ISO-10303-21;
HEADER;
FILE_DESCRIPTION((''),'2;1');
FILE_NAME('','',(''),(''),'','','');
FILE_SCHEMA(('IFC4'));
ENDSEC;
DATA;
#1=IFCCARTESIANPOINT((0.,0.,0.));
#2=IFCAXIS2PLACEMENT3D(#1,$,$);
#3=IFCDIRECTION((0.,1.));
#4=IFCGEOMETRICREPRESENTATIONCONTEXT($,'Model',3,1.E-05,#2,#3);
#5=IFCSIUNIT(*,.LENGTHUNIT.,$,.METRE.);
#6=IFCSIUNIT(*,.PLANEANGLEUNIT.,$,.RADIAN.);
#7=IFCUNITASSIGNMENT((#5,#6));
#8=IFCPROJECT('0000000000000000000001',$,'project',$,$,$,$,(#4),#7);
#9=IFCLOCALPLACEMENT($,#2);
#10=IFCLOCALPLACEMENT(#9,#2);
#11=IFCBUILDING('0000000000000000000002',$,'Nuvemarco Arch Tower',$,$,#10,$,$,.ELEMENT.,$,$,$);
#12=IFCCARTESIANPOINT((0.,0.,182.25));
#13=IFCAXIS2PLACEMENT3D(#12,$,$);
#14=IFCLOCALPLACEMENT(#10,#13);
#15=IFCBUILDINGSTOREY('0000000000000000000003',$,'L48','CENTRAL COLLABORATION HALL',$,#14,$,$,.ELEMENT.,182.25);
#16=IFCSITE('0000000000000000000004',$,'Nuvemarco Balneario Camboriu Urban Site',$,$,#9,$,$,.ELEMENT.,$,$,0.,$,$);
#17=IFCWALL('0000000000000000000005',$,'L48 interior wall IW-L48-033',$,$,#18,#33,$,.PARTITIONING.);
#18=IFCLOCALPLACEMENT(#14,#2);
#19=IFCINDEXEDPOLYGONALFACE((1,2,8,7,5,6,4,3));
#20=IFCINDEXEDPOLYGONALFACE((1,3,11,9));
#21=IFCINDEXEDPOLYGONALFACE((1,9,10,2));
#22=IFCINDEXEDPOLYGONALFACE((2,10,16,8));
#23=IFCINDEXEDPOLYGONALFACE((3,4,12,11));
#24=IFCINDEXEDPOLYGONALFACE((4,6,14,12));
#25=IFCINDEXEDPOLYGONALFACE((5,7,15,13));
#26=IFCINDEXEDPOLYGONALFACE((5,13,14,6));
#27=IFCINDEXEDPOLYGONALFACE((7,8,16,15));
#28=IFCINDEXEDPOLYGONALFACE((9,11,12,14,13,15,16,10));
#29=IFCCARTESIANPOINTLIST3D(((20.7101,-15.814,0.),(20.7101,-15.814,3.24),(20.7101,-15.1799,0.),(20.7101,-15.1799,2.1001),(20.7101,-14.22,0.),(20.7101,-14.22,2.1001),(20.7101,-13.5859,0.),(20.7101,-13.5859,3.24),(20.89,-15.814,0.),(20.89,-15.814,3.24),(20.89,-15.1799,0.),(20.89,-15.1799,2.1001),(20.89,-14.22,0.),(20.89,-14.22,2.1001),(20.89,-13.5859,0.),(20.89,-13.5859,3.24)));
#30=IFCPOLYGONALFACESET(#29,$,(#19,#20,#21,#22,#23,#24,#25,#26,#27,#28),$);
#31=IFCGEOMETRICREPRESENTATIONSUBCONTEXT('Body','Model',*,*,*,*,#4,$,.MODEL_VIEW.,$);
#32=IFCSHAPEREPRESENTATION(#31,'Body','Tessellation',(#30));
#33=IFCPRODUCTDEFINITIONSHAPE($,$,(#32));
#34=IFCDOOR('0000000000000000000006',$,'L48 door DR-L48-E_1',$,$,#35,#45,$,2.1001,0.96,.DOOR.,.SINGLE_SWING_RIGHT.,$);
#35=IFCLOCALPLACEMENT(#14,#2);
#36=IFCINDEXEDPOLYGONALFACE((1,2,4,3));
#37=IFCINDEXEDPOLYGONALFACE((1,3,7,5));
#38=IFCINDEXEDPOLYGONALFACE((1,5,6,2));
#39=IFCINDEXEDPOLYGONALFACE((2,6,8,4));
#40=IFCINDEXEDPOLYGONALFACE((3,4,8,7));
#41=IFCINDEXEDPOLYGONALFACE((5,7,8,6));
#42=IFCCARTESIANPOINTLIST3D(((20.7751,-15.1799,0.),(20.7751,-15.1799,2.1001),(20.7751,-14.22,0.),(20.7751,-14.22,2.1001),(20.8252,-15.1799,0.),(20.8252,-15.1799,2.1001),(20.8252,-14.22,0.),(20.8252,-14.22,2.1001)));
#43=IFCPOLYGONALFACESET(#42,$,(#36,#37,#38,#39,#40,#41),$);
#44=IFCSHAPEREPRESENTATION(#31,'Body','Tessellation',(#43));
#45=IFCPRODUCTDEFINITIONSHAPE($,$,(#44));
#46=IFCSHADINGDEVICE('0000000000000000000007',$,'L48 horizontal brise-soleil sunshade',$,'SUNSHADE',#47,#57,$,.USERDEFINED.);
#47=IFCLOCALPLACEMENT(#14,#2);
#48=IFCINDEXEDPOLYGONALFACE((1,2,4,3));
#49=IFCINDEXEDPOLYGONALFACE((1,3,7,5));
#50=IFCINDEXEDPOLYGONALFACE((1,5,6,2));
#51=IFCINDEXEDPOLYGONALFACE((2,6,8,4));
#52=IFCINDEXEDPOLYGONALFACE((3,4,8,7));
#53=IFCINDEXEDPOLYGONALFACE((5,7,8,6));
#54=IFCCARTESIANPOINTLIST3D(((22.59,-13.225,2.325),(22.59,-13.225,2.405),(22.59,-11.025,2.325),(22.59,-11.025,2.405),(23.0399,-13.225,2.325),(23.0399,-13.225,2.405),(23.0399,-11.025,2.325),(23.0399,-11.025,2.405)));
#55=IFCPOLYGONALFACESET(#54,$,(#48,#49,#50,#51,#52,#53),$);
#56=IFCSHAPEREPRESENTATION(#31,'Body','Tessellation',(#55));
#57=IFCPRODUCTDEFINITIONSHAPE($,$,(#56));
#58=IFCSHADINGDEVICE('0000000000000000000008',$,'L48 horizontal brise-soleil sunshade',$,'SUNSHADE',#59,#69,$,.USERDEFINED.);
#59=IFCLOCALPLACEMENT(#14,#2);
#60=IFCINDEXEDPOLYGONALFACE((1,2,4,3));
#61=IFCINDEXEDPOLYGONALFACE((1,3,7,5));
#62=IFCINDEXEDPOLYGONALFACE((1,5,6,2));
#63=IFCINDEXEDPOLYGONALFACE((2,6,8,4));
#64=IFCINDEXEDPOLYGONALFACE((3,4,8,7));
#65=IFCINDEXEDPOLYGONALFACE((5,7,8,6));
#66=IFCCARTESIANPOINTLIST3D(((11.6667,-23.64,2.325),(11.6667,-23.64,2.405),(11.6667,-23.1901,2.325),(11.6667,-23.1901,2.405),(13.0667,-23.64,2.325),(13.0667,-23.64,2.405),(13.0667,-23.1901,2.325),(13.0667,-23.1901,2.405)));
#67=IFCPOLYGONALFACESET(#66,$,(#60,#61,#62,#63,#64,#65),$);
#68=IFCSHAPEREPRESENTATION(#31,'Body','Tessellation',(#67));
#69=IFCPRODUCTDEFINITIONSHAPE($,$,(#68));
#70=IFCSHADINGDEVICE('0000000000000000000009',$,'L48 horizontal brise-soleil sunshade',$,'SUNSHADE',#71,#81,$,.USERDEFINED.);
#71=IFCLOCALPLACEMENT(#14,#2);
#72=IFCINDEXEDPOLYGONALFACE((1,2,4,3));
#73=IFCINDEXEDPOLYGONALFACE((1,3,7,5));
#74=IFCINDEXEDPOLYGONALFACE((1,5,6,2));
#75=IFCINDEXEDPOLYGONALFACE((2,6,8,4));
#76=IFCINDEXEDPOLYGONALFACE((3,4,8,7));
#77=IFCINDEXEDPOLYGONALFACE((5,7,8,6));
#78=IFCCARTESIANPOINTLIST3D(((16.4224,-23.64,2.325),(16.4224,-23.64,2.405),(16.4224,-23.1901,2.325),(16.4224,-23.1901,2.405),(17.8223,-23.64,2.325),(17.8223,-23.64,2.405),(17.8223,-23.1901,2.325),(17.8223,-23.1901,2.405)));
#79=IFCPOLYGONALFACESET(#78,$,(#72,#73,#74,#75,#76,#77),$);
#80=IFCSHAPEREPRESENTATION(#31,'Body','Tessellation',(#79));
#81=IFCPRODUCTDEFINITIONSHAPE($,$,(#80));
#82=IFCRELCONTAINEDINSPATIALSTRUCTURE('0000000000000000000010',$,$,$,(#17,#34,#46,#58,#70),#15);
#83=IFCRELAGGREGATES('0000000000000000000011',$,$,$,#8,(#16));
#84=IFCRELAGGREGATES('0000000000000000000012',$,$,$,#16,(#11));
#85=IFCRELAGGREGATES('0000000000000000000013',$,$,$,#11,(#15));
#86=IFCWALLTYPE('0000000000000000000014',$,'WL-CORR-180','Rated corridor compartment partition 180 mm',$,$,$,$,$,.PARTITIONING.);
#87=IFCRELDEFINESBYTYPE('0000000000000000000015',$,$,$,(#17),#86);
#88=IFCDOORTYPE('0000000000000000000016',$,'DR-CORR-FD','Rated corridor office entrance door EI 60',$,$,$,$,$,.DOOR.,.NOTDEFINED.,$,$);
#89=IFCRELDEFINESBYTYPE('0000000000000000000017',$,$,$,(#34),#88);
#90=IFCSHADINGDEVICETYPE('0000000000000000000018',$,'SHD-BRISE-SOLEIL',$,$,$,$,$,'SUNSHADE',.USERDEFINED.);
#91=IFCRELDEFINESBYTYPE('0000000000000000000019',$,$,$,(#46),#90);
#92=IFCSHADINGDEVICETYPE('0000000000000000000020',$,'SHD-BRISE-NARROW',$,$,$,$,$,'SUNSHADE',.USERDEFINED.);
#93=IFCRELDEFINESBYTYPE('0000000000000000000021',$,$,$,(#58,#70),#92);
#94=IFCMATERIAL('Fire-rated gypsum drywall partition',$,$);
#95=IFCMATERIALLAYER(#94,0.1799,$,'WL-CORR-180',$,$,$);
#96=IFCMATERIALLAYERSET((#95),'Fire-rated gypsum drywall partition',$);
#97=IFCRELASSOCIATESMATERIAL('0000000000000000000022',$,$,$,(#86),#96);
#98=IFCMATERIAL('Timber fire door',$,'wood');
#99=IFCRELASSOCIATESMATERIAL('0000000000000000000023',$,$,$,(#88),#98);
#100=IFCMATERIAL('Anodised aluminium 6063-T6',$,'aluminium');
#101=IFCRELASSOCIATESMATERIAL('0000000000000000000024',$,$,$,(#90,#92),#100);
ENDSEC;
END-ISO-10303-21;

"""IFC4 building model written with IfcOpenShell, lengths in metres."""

from ifc_helpers import new_model, si_unit, direction, frame, frame_2d, origin, origin_2d, place, context, subcontext, project, spatial, rectangle, extrude, source, transform, mapped, material, layer, layer_set, type_object, type_shapes, element, fill, save


model = new_model("IFC4")

# Units and contexts
model_context = context("Model", 3, precision=1e-05, world=origin(), true_north=direction((0.0, 1.0)))
body_context = subcontext(model_context, "Body", "Model", "MODEL_VIEW")
ifc_project = project(units=[si_unit("LENGTHUNIT", "METRE"), si_unit("PLANEANGLEUNIT", "RADIAN")], contexts=[model_context])

# Site, building, storey
site_placement = place(None, origin())
site = spatial("IfcSite", under=ifc_project, at=site_placement, Name="Nuvemarco Balneario Camboriu Urban Site", CompositionType="ELEMENT", RefElevation=0.0)
building_placement = place(site_placement, origin())
building = spatial("IfcBuilding", under=site, at=building_placement, Name="Nuvemarco Arch Tower", CompositionType="ELEMENT")
storey_placement = place(building_placement, frame((0.0, 0.0, 182.25)))
storey = spatial("IfcBuildingStorey", under=building, at=storey_placement, Name="L48", Description="CENTRAL COLLABORATION HALL", CompositionType="ELEMENT", Elevation=182.25)

# Shared definitions
ifc_material_1 = material(Name="Fire-rated gypsum drywall partition")
ifc_layer_1 = layer(ifc_material_1, 0.1799, Name="WL-CORR-180")
ifc_layer_set_1 = layer_set([ifc_layer_1], Name="Fire-rated gypsum drywall partition")
wall_type_1 = type_object("IfcWallType", Name="WL-CORR-180", Description="Rated corridor compartment partition 180 mm", PredefinedType="PARTITIONING", material=ifc_layer_set_1)

# Wall, opening, door
wall_1_placement = place(storey_placement, frame((20.8, -15.814, 0.0), z_axis=(0.0, 0.0, 1.0), x_axis=(0.0, 1.0, 0.0)))
wall_1 = element("IfcWall", 1, at=wall_1_placement, inside=storey, type_object=wall_type_1, Name="L48 interior wall IW-L48-033", PredefinedType="PARTITIONING", context=body_context, shape_type="SweptSolid", body=[
    extrude(rectangle(XDim=2.228, YDim=0.1799, at=frame_2d((1.114, 0.0))), origin(), (0.0, 0.0, 1.0), 3.24),
])
opening_1_placement = place(wall_1_placement, frame((0.634, 0.0, 0.0)))
opening_1 = element("IfcOpeningElement", 2, at=opening_1_placement, cuts=wall_1, PredefinedType="OPENING", context=body_context, shape_type="SweptSolid", body=[
    extrude(rectangle(XDim=0.96, YDim=2.1001, at=frame_2d((0.48, 1.05))), frame((0.0, 0.0999, 0.0), z_axis=(0.0, -1.0, 0.0), x_axis=(1.0, 0.0, 0.0)), (0.0, 0.0, 1.0), 0.2),
])
ifc_material_2 = material(Name="Timber fire door", Category="wood")
door_type_1 = type_object("IfcDoorType", Name="DR-CORR-FD", Description="Rated corridor office entrance door EI 60", OperationType="NOTDEFINED", PredefinedType="DOOR", material=ifc_material_2)
shared_shape_1 = source(origin(), body_context, "Body", "SweptSolid", [
    extrude(rectangle(XDim=0.96, YDim=2.1001, at=frame_2d((0.48, 1.05))), frame((0.0, 0.0249, 0.0), z_axis=(0.0, -1.0, 0.0), x_axis=(1.0, 0.0, 0.0)), (0.0, 0.0, 1.0), 0.05),
])
type_shapes(door_type_1, [shared_shape_1])
door_1_placement = place(opening_1_placement, origin())
door_1 = element("IfcDoor", 3, at=door_1_placement, inside=storey, type_object=door_type_1, Name="L48 door DR-L48-E_1", OperationType="SINGLE_SWING_RIGHT", OverallHeight=2.1001, OverallWidth=0.96, PredefinedType="DOOR", context=body_context, shape_type="MappedRepresentation", body=[
    mapped(shared_shape_1, transform((0.0, 0.0, 0.0), scale=1.0)),
])
fill(opening_1, door_1)

# Shading devices
ifc_material_3 = material(Name="Anodised aluminium 6063-T6", Category="aluminium")
shading_device_type_1 = type_object("IfcShadingDeviceType", Name="SHD-BRISE-SOLEIL", ElementType="SUNSHADE", PredefinedType="USERDEFINED", material=ifc_material_3)
shared_shape_2 = source(origin(), body_context, "Body", "SweptSolid", [
    extrude(rectangle(XDim=2.2, YDim=0.45, at=origin_2d()), origin(), (0.0, 0.0, 1.0), 0.0801),
])
type_shapes(shading_device_type_1, [shared_shape_2])
shading_device_placement = place(storey_placement, frame((22.8149, -12.125, 2.325), z_axis=(0.0, 0.0, 1.0), x_axis=(0.0, 1.0, 0.0)))
element("IfcShadingDevice", 4, at=shading_device_placement, inside=storey, type_object=shading_device_type_1, Name="L48 horizontal brise-soleil sunshade", ObjectType="SUNSHADE", PredefinedType="USERDEFINED", context=body_context, shape_type="MappedRepresentation", body=[
    mapped(shared_shape_2, transform((0.0, 0.0, 0.0), scale=1.0)),
])
shading_device_type_2 = type_object("IfcShadingDeviceType", Name="SHD-BRISE-NARROW", ElementType="SUNSHADE", PredefinedType="USERDEFINED", material=ifc_material_3)
shared_shape_3 = source(origin(), body_context, "Body", "SweptSolid", [
    extrude(rectangle(XDim=1.3999, YDim=0.45, at=origin_2d()), origin(), (0.0, 0.0, 1.0), 0.0801),
])
type_shapes(shading_device_type_2, [shared_shape_3])
for number, where, z_axis, x_axis, name in (
    (5, (12.3667, -23.415, 2.325), (0.0, 0.0, 1.0), (1.0, 0.0, 0.0), "L48 horizontal brise-soleil sunshade"),
    (6, (17.1223, -23.415, 2.325), (0.0, 0.0, 1.0), (1.0, 0.0, 0.0), "L48 horizontal brise-soleil sunshade"),
):
    element("IfcShadingDevice", number, at=place(storey_placement, frame(where, z_axis=z_axis, x_axis=x_axis)), inside=storey, type_object=shading_device_type_2, Name=name, ObjectType="SUNSHADE", PredefinedType="USERDEFINED", context=body_context, shape_type="MappedRepresentation", body=[
        mapped(shared_shape_3, transform((0.0, 0.0, 0.0), scale=1.0)),
    ])

save(model, "model.ifc")
